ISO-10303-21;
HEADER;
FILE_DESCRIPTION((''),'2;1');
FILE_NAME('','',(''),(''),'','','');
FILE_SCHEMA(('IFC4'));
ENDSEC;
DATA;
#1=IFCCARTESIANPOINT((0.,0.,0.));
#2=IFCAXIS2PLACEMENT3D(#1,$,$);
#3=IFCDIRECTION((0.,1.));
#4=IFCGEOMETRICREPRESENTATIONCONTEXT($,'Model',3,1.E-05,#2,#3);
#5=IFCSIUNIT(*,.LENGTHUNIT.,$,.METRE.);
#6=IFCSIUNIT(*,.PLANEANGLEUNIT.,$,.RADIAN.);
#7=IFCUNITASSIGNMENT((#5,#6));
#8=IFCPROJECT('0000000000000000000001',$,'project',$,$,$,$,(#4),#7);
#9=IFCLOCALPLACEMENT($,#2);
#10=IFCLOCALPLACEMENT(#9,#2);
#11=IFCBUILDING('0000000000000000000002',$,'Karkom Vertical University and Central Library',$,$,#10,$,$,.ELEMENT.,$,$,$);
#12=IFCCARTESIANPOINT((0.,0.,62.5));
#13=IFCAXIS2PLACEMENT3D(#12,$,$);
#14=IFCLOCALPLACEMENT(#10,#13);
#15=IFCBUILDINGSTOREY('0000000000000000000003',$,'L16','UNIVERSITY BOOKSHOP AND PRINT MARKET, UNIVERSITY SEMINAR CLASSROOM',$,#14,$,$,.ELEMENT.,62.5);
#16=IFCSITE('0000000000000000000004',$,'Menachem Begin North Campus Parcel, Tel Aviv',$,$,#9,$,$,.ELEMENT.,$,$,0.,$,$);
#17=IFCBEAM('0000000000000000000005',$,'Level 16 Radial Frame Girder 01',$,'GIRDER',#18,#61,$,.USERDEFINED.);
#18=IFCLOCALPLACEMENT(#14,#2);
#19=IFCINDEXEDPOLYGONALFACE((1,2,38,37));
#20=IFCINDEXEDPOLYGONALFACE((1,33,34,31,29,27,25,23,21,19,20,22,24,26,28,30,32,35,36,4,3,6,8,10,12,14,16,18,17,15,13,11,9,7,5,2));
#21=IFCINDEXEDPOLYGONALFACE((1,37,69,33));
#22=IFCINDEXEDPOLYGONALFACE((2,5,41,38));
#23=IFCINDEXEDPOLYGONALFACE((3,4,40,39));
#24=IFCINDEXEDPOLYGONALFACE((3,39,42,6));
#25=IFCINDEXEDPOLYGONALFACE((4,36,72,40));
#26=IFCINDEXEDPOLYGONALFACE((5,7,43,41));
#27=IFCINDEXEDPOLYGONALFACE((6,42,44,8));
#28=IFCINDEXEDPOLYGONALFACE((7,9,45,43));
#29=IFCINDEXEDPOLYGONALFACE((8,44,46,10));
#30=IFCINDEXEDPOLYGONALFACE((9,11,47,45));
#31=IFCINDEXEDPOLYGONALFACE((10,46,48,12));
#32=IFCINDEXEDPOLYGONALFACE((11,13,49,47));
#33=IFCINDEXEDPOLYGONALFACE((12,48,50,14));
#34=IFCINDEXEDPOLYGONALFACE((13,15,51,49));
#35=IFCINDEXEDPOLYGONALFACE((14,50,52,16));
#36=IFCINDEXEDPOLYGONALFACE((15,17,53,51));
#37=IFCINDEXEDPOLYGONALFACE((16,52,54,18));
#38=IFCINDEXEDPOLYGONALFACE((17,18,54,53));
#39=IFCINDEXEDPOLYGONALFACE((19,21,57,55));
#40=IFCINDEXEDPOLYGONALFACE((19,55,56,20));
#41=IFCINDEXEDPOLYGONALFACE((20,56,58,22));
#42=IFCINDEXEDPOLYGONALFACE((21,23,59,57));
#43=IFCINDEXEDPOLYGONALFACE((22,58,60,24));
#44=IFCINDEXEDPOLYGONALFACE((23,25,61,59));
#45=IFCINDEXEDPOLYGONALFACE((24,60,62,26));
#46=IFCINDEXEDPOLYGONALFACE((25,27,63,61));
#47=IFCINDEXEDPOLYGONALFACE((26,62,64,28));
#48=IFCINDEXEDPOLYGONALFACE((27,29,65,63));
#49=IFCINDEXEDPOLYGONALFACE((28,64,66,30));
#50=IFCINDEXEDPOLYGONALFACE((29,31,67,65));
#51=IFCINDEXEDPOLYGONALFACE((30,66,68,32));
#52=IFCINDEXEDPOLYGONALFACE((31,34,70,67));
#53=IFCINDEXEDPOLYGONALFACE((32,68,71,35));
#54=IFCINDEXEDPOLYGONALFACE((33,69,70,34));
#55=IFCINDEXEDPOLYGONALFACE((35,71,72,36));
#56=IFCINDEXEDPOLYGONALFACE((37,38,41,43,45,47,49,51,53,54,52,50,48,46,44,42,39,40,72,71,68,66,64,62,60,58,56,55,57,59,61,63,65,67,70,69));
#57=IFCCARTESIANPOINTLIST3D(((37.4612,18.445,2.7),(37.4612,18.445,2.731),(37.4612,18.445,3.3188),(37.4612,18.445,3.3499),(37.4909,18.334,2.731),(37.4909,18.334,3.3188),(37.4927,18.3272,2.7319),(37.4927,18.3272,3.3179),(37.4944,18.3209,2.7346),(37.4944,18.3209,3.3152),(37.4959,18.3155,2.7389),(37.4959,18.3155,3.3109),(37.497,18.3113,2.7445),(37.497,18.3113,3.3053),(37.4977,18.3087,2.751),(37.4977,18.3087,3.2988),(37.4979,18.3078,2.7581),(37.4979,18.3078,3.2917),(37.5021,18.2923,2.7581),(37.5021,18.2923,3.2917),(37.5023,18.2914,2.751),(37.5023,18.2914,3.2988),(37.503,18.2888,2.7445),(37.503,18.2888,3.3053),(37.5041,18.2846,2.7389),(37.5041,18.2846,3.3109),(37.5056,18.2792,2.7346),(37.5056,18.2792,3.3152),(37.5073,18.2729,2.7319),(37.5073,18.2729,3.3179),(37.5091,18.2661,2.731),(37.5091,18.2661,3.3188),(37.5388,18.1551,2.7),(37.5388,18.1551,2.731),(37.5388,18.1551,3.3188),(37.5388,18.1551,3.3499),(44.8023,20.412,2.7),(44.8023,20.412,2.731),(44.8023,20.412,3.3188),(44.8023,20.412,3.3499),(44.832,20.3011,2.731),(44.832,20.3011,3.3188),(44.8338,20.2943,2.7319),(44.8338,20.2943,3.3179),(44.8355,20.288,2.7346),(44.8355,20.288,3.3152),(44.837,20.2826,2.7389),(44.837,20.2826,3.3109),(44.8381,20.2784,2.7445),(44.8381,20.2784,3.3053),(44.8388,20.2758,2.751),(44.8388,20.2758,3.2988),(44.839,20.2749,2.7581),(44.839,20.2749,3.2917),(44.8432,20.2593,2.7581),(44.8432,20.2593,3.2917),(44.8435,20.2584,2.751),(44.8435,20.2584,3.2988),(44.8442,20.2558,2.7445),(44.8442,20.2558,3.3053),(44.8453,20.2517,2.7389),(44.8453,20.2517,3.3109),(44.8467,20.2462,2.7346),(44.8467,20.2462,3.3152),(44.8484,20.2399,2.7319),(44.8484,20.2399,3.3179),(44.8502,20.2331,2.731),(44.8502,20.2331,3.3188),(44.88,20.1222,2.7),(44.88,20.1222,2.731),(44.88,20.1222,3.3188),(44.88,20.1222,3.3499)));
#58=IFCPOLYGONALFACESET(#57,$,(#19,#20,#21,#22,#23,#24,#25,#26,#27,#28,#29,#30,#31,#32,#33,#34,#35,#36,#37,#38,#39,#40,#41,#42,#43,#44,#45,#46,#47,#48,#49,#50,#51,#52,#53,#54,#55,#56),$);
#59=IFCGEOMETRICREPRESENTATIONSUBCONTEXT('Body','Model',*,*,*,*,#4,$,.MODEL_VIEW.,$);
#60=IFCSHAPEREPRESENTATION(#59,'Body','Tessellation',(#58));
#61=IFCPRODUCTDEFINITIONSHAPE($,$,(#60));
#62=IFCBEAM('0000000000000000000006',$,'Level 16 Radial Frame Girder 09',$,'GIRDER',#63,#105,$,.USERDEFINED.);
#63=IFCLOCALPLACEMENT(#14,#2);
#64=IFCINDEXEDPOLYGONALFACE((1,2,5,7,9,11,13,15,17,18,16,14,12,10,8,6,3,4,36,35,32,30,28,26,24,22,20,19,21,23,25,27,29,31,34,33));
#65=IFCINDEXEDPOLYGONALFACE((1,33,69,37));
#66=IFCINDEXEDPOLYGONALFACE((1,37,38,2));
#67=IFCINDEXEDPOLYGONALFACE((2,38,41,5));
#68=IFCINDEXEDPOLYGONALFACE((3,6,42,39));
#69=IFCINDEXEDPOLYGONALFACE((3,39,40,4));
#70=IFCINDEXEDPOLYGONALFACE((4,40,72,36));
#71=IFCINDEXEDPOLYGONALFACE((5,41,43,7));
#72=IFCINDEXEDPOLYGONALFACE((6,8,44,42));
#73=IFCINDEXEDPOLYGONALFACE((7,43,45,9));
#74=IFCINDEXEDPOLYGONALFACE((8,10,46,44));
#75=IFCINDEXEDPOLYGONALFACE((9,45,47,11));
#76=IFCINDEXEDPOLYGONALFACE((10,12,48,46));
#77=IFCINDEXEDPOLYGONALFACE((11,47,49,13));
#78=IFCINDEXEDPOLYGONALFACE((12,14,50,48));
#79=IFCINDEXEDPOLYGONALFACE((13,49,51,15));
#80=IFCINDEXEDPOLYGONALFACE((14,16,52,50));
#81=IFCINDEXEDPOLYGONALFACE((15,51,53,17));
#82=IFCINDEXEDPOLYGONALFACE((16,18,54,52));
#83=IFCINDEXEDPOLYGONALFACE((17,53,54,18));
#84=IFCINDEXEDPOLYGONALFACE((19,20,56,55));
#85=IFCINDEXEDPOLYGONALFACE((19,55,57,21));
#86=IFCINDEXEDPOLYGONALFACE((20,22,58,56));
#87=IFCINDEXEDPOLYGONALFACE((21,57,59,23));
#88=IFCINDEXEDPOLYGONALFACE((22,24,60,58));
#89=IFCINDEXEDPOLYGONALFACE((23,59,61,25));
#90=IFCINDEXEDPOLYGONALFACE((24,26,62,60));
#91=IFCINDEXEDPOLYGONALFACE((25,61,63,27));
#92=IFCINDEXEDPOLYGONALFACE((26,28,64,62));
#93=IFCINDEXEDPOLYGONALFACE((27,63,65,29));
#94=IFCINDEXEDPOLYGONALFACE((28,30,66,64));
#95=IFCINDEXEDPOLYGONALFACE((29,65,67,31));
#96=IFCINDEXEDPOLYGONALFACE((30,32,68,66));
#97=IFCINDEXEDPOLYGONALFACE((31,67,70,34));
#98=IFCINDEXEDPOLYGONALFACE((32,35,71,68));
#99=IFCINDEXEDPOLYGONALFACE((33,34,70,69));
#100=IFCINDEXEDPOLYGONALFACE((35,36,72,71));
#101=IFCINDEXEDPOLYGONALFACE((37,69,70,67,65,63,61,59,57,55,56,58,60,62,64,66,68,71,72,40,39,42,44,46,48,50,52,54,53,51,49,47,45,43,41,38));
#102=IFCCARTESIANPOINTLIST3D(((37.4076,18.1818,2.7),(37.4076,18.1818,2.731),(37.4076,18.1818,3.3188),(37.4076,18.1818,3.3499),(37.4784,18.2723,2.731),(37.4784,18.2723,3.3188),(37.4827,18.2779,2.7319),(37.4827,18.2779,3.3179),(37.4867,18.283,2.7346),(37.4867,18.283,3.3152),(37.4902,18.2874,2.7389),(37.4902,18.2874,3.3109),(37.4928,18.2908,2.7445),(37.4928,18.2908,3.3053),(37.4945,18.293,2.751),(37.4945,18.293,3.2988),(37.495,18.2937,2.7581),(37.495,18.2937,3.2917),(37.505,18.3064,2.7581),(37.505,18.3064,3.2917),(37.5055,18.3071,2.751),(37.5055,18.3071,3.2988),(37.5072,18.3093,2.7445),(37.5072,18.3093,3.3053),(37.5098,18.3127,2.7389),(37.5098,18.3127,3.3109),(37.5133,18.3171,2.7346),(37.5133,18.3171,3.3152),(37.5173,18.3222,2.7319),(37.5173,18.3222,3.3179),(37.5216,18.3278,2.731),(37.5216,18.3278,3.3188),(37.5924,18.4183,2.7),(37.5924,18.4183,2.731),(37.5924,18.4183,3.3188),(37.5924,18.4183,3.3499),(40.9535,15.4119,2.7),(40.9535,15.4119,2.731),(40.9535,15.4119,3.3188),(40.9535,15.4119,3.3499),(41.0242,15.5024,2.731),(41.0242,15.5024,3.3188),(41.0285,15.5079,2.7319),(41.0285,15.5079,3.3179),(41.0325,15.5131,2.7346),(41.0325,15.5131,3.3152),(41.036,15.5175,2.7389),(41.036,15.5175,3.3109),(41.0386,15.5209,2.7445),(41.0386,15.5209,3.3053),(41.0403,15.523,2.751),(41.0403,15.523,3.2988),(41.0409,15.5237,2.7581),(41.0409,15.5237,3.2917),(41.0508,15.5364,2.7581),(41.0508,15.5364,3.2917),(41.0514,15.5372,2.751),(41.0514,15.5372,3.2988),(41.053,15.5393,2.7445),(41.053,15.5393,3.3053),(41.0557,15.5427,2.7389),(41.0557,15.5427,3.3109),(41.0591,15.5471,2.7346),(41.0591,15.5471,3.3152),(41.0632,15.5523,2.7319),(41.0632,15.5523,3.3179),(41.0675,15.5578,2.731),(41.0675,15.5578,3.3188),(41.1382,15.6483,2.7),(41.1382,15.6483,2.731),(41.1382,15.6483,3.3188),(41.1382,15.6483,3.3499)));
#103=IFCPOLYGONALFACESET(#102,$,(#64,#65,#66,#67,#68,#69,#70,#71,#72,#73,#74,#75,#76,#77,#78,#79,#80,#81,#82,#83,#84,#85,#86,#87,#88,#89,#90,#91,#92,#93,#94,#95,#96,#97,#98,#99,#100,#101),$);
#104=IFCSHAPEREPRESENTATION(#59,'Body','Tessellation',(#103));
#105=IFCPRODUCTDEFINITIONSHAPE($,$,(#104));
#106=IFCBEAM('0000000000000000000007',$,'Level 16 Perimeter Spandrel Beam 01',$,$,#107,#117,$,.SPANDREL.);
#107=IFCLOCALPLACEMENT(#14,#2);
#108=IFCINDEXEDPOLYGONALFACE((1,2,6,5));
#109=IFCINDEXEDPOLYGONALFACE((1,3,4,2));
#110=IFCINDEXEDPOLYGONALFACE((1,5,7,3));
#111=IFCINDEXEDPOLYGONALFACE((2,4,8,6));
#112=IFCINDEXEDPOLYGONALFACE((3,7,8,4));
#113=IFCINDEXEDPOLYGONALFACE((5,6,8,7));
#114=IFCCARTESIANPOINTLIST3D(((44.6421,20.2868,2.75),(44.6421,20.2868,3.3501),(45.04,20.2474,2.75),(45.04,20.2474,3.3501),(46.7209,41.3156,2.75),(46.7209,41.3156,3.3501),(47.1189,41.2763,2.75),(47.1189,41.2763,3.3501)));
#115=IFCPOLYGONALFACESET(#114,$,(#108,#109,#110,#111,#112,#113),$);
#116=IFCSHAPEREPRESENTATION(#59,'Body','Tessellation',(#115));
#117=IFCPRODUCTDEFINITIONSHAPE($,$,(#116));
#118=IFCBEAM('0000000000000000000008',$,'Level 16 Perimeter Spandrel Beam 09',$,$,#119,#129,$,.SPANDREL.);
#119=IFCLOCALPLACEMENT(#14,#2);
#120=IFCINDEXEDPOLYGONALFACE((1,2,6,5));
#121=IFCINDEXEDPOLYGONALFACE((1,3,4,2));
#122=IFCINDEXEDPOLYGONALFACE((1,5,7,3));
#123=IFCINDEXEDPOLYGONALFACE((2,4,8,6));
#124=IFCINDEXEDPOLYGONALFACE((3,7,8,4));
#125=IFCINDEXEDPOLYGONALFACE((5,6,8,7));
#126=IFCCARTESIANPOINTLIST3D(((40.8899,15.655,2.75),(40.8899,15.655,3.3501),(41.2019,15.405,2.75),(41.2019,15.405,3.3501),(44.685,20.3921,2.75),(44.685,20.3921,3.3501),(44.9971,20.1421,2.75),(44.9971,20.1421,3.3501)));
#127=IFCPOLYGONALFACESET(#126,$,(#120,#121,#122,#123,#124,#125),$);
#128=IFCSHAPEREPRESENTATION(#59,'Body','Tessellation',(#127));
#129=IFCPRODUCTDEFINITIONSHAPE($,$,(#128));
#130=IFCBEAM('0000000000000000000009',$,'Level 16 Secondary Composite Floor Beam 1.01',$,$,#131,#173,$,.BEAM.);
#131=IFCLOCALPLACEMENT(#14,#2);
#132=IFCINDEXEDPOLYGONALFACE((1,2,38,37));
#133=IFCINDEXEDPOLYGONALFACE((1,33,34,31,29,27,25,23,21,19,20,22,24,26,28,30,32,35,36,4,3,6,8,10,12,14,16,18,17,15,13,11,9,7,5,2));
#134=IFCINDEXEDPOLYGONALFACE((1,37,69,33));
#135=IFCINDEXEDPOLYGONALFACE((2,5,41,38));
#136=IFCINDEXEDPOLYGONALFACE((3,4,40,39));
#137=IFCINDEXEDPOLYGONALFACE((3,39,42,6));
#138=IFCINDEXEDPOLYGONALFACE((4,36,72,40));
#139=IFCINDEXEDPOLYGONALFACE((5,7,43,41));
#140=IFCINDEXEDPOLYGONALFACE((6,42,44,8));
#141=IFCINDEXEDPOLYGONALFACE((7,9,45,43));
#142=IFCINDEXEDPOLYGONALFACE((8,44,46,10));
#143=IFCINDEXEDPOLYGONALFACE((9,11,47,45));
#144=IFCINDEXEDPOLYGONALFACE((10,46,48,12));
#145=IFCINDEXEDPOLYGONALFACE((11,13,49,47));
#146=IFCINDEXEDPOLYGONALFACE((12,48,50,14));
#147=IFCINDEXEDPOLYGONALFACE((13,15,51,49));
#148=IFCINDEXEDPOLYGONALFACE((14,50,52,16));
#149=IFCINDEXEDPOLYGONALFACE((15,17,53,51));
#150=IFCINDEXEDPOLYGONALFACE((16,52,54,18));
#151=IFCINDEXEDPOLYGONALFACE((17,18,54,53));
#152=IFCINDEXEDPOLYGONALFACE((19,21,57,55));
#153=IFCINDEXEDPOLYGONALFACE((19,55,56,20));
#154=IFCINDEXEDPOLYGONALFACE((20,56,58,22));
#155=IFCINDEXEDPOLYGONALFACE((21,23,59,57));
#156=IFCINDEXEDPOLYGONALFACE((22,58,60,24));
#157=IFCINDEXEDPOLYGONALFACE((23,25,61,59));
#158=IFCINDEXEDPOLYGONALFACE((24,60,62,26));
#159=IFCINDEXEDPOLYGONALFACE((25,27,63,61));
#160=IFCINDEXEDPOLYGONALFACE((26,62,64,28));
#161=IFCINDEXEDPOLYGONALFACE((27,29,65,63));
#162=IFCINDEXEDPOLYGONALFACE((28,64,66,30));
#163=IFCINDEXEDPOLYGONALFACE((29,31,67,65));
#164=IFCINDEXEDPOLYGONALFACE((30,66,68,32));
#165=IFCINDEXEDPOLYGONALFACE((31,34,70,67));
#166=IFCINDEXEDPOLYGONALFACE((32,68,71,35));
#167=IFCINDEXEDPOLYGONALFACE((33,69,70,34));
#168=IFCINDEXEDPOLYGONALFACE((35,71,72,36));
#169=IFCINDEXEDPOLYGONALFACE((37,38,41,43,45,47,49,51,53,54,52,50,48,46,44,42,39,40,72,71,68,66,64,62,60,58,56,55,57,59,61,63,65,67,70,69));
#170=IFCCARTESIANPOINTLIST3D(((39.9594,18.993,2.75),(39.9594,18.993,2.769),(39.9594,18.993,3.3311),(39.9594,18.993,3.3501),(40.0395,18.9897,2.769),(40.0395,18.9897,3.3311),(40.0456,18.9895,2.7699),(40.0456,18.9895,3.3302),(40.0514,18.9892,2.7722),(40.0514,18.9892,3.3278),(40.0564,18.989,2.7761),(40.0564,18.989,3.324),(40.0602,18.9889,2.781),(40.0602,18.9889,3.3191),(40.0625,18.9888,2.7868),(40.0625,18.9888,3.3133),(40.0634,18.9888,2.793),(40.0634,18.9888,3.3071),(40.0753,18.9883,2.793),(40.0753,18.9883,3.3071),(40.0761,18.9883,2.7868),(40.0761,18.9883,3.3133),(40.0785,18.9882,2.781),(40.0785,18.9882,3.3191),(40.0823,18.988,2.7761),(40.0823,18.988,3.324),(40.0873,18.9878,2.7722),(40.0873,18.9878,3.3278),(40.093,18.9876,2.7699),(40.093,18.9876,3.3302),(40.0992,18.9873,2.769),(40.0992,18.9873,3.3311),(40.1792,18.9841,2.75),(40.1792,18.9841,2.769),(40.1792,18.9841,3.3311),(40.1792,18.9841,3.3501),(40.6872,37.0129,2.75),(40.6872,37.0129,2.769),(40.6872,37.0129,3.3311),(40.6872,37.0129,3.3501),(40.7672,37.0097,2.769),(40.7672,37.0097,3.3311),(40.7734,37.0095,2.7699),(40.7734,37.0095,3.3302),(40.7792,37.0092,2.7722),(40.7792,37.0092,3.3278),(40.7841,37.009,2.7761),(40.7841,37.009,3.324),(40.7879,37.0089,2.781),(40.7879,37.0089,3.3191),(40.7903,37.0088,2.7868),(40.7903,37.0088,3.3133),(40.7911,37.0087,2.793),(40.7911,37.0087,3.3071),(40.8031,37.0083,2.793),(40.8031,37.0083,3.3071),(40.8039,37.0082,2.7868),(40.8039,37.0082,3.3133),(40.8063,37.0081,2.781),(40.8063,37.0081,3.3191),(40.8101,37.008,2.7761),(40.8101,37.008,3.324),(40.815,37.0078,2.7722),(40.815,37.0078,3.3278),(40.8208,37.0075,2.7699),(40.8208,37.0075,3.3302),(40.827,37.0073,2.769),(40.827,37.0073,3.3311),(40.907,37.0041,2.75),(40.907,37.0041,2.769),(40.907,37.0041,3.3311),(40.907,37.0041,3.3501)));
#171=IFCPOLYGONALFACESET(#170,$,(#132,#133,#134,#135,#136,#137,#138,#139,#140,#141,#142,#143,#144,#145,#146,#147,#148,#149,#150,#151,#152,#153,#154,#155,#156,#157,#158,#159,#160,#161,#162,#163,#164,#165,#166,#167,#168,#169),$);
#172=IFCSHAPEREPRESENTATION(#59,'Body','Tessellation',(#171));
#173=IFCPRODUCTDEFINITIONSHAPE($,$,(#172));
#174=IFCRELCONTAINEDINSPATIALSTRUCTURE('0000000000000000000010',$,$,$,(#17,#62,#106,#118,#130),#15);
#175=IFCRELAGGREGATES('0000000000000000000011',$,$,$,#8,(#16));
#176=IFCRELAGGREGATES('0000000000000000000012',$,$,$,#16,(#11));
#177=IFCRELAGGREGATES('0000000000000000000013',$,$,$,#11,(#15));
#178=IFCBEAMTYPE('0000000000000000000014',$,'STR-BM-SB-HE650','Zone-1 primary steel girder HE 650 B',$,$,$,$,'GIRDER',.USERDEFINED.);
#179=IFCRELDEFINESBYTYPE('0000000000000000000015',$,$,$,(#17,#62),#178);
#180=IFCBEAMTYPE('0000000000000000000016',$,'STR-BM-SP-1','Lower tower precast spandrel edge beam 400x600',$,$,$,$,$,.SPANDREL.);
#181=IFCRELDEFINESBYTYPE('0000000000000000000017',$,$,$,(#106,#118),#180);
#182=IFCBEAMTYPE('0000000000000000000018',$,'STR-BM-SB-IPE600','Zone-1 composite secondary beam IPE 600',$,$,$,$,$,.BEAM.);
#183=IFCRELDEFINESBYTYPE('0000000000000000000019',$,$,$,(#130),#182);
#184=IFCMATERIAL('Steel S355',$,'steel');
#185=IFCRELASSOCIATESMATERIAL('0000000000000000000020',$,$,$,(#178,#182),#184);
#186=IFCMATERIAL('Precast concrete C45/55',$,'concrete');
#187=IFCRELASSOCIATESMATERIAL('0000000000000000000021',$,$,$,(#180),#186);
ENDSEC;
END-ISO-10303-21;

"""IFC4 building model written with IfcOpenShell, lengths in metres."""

from ifc_helpers import new_model, si_unit, direction, frame, origin, origin_with_axes, origin_2d, place, context, subcontext, project, spatial, rectangle, i_section, extrude, source, transform, mapped, material, material_profile, profile_set, type_object, element, save


model = new_model("IFC4")

# Units and contexts
model_context = context("Model", 3, precision=1e-05, world=origin(), true_north=direction((0.0, 1.0)))
body_context = subcontext(model_context, "Body", "Model", "MODEL_VIEW")
ifc_project = project(units=[si_unit("LENGTHUNIT", "METRE"), si_unit("PLANEANGLEUNIT", "RADIAN")], contexts=[model_context])

# Site, building, storey
site_placement = place(None, origin())
site = spatial("IfcSite", under=ifc_project, at=site_placement, Name="Menachem Begin North Campus Parcel, Tel Aviv", CompositionType="ELEMENT", RefElevation=0.0)
building_placement = place(site_placement, origin())
building = spatial("IfcBuilding", under=site, at=building_placement, Name="Karkom Vertical University and Central Library", CompositionType="ELEMENT")
storey_placement = place(building_placement, frame((0.0, 0.0, 62.5)))
storey = spatial("IfcBuildingStorey", under=building, at=storey_placement, Name="L16", Description="UNIVERSITY BOOKSHOP AND PRINT MARKET, UNIVERSITY SEMINAR CLASSROOM", CompositionType="ELEMENT", Elevation=62.5)

# Beams
ifc_material_1 = material(Name="Steel S355", Category="steel")
ifc_material_profile_1 = material_profile(ifc_material_1, i_section(OverallWidth=0.3, OverallDepth=0.6499, WebThickness=0.0161, FlangeThickness=0.031, FilletRadius=0.0271, at=origin_2d()), Name="HE 650 B")
ifc_profile_set_1 = profile_set([ifc_material_profile_1], Name="Steel S355")
beam_type_1 = type_object("IfcBeamType", Name="STR-BM-SB-HE650", Description="Zone-1 primary steel girder HE 650 B", ElementType="GIRDER", PredefinedType="USERDEFINED", material=ifc_profile_set_1)
shared_shape_1 = source(origin_with_axes(), body_context, "Body", "SweptSolid", [
    extrude(i_section(OverallWidth=0.3, OverallDepth=0.6499, WebThickness=0.0161, FlangeThickness=0.031, FilletRadius=0.0271, at=origin_2d()), origin(), (0.0, 0.0, 1.0), 7.6001),
])
beam_1_placement = place(storey_placement, frame((37.5, 18.3, 3.0249), z_axis=(0.965926, 0.25882, 0.0), x_axis=(-0.25882, 0.965926, 0.0)))
element("IfcBeam", 1, at=beam_1_placement, inside=storey, type_object=beam_type_1, Name="Level 16 Radial Frame Girder 01", ObjectType="GIRDER", PredefinedType="USERDEFINED", context=body_context, shape_type="MappedRepresentation", body=[
    mapped(shared_shape_1, transform((0.0, 0.0, 0.0), scale=1.0)),
])
shared_shape_2 = source(origin_with_axes(), body_context, "Body", "SweptSolid", [
    extrude(i_section(OverallWidth=0.3, OverallDepth=0.6499, WebThickness=0.0161, FlangeThickness=0.031, FilletRadius=0.0271, at=origin_2d()), origin(), (0.0, 0.0, 1.0), 4.4995),
])
beam_2_placement = place(storey_placement, frame((37.5, 18.3, 3.0249), z_axis=(0.788047, -0.615615, 0.0), x_axis=(0.615615, 0.788047, 0.0)))
element("IfcBeam", 2, at=beam_2_placement, inside=storey, type_object=beam_type_1, Name="Level 16 Radial Frame Girder 09", ObjectType="GIRDER", PredefinedType="USERDEFINED", context=body_context, shape_type="MappedRepresentation", body=[
    mapped(shared_shape_2, transform((0.0, 0.0, 0.0), scale=1.0)),
])
ifc_material_2 = material(Name="Precast concrete C45/55", Category="concrete")
ifc_material_profile_2 = material_profile(ifc_material_2, rectangle(XDim=0.3999, YDim=0.6001, at=origin_2d()), Name="SPB-400x600")
ifc_profile_set_2 = profile_set([ifc_material_profile_2], Name="Precast concrete C45/55")
beam_type_2 = type_object("IfcBeamType", Name="STR-BM-SP-1", Description="Lower tower precast spandrel edge beam 400x600", PredefinedType="SPANDREL", material=ifc_profile_set_2)
shared_shape_3 = source(origin_with_axes(), body_context, "Body", "SweptSolid", [
    extrude(rectangle(XDim=0.3999, YDim=0.6001, at=origin_2d()), origin(), (0.0, 0.0, 1.0), 21.1313),
])
beam_3_placement = place(storey_placement, frame((44.8411, 20.2671, 3.05), z_axis=(0.098378, 0.995149, 0.0), x_axis=(-0.995149, 0.098378, 0.0)))
element("IfcBeam", 3, at=beam_3_placement, inside=storey, type_object=beam_type_2, Name="Level 16 Perimeter Spandrel Beam 01", PredefinedType="SPANDREL", context=body_context, shape_type="MappedRepresentation", body=[
    mapped(shared_shape_3, transform((0.0, 0.0, 0.0), scale=1.0)),
])
shared_shape_4 = source(origin_with_axes(), body_context, "Body", "SweptSolid", [
    extrude(rectangle(XDim=0.3999, YDim=0.6001, at=origin_2d()), origin(), (0.0, 0.0, 1.0), 6.0698),
])
beam_4_placement = place(storey_placement, frame((41.0459, 15.53, 3.05), z_axis=(0.625249, 0.780425, 0.0), x_axis=(-0.780425, 0.625249, 0.0)))
element("IfcBeam", 4, at=beam_4_placement, inside=storey, type_object=beam_type_2, Name="Level 16 Perimeter Spandrel Beam 09", PredefinedType="SPANDREL", context=body_context, shape_type="MappedRepresentation", body=[
    mapped(shared_shape_4, transform((0.0, 0.0, 0.0), scale=1.0)),
])
ifc_material_profile_3 = material_profile(ifc_material_1, i_section(OverallWidth=0.22, OverallDepth=0.6001, WebThickness=0.012, FlangeThickness=0.019, FilletRadius=0.0239, at=origin_2d()), Name="IPE 600")
ifc_profile_set_3 = profile_set([ifc_material_profile_3], Name="Steel S355")
beam_type_3 = type_object("IfcBeamType", Name="STR-BM-SB-IPE600", Description="Zone-1 composite secondary beam IPE 600", PredefinedType="BEAM", material=ifc_profile_set_3)
shared_shape_5 = source(origin_with_axes(), body_context, "Body", "SweptSolid", [
    extrude(i_section(OverallWidth=0.22, OverallDepth=0.6001, WebThickness=0.012, FlangeThickness=0.019, FilletRadius=0.0239, at=origin_2d()), origin(), (0.0, 0.0, 1.0), 18.0347),
])
beam_5_placement = place(storey_placement, frame((40.0693, 18.9885, 3.05), z_axis=(0.040355, 0.999185, 0.0), x_axis=(-0.999185, 0.040355, 0.0)))
element("IfcBeam", 5, at=beam_5_placement, inside=storey, type_object=beam_type_3, Name="Level 16 Secondary Composite Floor Beam 1.01", PredefinedType="BEAM", context=body_context, shape_type="MappedRepresentation", body=[
    mapped(shared_shape_5, transform((0.0, 0.0, 0.0), scale=1.0)),
])

save(model, "model.ifc")
